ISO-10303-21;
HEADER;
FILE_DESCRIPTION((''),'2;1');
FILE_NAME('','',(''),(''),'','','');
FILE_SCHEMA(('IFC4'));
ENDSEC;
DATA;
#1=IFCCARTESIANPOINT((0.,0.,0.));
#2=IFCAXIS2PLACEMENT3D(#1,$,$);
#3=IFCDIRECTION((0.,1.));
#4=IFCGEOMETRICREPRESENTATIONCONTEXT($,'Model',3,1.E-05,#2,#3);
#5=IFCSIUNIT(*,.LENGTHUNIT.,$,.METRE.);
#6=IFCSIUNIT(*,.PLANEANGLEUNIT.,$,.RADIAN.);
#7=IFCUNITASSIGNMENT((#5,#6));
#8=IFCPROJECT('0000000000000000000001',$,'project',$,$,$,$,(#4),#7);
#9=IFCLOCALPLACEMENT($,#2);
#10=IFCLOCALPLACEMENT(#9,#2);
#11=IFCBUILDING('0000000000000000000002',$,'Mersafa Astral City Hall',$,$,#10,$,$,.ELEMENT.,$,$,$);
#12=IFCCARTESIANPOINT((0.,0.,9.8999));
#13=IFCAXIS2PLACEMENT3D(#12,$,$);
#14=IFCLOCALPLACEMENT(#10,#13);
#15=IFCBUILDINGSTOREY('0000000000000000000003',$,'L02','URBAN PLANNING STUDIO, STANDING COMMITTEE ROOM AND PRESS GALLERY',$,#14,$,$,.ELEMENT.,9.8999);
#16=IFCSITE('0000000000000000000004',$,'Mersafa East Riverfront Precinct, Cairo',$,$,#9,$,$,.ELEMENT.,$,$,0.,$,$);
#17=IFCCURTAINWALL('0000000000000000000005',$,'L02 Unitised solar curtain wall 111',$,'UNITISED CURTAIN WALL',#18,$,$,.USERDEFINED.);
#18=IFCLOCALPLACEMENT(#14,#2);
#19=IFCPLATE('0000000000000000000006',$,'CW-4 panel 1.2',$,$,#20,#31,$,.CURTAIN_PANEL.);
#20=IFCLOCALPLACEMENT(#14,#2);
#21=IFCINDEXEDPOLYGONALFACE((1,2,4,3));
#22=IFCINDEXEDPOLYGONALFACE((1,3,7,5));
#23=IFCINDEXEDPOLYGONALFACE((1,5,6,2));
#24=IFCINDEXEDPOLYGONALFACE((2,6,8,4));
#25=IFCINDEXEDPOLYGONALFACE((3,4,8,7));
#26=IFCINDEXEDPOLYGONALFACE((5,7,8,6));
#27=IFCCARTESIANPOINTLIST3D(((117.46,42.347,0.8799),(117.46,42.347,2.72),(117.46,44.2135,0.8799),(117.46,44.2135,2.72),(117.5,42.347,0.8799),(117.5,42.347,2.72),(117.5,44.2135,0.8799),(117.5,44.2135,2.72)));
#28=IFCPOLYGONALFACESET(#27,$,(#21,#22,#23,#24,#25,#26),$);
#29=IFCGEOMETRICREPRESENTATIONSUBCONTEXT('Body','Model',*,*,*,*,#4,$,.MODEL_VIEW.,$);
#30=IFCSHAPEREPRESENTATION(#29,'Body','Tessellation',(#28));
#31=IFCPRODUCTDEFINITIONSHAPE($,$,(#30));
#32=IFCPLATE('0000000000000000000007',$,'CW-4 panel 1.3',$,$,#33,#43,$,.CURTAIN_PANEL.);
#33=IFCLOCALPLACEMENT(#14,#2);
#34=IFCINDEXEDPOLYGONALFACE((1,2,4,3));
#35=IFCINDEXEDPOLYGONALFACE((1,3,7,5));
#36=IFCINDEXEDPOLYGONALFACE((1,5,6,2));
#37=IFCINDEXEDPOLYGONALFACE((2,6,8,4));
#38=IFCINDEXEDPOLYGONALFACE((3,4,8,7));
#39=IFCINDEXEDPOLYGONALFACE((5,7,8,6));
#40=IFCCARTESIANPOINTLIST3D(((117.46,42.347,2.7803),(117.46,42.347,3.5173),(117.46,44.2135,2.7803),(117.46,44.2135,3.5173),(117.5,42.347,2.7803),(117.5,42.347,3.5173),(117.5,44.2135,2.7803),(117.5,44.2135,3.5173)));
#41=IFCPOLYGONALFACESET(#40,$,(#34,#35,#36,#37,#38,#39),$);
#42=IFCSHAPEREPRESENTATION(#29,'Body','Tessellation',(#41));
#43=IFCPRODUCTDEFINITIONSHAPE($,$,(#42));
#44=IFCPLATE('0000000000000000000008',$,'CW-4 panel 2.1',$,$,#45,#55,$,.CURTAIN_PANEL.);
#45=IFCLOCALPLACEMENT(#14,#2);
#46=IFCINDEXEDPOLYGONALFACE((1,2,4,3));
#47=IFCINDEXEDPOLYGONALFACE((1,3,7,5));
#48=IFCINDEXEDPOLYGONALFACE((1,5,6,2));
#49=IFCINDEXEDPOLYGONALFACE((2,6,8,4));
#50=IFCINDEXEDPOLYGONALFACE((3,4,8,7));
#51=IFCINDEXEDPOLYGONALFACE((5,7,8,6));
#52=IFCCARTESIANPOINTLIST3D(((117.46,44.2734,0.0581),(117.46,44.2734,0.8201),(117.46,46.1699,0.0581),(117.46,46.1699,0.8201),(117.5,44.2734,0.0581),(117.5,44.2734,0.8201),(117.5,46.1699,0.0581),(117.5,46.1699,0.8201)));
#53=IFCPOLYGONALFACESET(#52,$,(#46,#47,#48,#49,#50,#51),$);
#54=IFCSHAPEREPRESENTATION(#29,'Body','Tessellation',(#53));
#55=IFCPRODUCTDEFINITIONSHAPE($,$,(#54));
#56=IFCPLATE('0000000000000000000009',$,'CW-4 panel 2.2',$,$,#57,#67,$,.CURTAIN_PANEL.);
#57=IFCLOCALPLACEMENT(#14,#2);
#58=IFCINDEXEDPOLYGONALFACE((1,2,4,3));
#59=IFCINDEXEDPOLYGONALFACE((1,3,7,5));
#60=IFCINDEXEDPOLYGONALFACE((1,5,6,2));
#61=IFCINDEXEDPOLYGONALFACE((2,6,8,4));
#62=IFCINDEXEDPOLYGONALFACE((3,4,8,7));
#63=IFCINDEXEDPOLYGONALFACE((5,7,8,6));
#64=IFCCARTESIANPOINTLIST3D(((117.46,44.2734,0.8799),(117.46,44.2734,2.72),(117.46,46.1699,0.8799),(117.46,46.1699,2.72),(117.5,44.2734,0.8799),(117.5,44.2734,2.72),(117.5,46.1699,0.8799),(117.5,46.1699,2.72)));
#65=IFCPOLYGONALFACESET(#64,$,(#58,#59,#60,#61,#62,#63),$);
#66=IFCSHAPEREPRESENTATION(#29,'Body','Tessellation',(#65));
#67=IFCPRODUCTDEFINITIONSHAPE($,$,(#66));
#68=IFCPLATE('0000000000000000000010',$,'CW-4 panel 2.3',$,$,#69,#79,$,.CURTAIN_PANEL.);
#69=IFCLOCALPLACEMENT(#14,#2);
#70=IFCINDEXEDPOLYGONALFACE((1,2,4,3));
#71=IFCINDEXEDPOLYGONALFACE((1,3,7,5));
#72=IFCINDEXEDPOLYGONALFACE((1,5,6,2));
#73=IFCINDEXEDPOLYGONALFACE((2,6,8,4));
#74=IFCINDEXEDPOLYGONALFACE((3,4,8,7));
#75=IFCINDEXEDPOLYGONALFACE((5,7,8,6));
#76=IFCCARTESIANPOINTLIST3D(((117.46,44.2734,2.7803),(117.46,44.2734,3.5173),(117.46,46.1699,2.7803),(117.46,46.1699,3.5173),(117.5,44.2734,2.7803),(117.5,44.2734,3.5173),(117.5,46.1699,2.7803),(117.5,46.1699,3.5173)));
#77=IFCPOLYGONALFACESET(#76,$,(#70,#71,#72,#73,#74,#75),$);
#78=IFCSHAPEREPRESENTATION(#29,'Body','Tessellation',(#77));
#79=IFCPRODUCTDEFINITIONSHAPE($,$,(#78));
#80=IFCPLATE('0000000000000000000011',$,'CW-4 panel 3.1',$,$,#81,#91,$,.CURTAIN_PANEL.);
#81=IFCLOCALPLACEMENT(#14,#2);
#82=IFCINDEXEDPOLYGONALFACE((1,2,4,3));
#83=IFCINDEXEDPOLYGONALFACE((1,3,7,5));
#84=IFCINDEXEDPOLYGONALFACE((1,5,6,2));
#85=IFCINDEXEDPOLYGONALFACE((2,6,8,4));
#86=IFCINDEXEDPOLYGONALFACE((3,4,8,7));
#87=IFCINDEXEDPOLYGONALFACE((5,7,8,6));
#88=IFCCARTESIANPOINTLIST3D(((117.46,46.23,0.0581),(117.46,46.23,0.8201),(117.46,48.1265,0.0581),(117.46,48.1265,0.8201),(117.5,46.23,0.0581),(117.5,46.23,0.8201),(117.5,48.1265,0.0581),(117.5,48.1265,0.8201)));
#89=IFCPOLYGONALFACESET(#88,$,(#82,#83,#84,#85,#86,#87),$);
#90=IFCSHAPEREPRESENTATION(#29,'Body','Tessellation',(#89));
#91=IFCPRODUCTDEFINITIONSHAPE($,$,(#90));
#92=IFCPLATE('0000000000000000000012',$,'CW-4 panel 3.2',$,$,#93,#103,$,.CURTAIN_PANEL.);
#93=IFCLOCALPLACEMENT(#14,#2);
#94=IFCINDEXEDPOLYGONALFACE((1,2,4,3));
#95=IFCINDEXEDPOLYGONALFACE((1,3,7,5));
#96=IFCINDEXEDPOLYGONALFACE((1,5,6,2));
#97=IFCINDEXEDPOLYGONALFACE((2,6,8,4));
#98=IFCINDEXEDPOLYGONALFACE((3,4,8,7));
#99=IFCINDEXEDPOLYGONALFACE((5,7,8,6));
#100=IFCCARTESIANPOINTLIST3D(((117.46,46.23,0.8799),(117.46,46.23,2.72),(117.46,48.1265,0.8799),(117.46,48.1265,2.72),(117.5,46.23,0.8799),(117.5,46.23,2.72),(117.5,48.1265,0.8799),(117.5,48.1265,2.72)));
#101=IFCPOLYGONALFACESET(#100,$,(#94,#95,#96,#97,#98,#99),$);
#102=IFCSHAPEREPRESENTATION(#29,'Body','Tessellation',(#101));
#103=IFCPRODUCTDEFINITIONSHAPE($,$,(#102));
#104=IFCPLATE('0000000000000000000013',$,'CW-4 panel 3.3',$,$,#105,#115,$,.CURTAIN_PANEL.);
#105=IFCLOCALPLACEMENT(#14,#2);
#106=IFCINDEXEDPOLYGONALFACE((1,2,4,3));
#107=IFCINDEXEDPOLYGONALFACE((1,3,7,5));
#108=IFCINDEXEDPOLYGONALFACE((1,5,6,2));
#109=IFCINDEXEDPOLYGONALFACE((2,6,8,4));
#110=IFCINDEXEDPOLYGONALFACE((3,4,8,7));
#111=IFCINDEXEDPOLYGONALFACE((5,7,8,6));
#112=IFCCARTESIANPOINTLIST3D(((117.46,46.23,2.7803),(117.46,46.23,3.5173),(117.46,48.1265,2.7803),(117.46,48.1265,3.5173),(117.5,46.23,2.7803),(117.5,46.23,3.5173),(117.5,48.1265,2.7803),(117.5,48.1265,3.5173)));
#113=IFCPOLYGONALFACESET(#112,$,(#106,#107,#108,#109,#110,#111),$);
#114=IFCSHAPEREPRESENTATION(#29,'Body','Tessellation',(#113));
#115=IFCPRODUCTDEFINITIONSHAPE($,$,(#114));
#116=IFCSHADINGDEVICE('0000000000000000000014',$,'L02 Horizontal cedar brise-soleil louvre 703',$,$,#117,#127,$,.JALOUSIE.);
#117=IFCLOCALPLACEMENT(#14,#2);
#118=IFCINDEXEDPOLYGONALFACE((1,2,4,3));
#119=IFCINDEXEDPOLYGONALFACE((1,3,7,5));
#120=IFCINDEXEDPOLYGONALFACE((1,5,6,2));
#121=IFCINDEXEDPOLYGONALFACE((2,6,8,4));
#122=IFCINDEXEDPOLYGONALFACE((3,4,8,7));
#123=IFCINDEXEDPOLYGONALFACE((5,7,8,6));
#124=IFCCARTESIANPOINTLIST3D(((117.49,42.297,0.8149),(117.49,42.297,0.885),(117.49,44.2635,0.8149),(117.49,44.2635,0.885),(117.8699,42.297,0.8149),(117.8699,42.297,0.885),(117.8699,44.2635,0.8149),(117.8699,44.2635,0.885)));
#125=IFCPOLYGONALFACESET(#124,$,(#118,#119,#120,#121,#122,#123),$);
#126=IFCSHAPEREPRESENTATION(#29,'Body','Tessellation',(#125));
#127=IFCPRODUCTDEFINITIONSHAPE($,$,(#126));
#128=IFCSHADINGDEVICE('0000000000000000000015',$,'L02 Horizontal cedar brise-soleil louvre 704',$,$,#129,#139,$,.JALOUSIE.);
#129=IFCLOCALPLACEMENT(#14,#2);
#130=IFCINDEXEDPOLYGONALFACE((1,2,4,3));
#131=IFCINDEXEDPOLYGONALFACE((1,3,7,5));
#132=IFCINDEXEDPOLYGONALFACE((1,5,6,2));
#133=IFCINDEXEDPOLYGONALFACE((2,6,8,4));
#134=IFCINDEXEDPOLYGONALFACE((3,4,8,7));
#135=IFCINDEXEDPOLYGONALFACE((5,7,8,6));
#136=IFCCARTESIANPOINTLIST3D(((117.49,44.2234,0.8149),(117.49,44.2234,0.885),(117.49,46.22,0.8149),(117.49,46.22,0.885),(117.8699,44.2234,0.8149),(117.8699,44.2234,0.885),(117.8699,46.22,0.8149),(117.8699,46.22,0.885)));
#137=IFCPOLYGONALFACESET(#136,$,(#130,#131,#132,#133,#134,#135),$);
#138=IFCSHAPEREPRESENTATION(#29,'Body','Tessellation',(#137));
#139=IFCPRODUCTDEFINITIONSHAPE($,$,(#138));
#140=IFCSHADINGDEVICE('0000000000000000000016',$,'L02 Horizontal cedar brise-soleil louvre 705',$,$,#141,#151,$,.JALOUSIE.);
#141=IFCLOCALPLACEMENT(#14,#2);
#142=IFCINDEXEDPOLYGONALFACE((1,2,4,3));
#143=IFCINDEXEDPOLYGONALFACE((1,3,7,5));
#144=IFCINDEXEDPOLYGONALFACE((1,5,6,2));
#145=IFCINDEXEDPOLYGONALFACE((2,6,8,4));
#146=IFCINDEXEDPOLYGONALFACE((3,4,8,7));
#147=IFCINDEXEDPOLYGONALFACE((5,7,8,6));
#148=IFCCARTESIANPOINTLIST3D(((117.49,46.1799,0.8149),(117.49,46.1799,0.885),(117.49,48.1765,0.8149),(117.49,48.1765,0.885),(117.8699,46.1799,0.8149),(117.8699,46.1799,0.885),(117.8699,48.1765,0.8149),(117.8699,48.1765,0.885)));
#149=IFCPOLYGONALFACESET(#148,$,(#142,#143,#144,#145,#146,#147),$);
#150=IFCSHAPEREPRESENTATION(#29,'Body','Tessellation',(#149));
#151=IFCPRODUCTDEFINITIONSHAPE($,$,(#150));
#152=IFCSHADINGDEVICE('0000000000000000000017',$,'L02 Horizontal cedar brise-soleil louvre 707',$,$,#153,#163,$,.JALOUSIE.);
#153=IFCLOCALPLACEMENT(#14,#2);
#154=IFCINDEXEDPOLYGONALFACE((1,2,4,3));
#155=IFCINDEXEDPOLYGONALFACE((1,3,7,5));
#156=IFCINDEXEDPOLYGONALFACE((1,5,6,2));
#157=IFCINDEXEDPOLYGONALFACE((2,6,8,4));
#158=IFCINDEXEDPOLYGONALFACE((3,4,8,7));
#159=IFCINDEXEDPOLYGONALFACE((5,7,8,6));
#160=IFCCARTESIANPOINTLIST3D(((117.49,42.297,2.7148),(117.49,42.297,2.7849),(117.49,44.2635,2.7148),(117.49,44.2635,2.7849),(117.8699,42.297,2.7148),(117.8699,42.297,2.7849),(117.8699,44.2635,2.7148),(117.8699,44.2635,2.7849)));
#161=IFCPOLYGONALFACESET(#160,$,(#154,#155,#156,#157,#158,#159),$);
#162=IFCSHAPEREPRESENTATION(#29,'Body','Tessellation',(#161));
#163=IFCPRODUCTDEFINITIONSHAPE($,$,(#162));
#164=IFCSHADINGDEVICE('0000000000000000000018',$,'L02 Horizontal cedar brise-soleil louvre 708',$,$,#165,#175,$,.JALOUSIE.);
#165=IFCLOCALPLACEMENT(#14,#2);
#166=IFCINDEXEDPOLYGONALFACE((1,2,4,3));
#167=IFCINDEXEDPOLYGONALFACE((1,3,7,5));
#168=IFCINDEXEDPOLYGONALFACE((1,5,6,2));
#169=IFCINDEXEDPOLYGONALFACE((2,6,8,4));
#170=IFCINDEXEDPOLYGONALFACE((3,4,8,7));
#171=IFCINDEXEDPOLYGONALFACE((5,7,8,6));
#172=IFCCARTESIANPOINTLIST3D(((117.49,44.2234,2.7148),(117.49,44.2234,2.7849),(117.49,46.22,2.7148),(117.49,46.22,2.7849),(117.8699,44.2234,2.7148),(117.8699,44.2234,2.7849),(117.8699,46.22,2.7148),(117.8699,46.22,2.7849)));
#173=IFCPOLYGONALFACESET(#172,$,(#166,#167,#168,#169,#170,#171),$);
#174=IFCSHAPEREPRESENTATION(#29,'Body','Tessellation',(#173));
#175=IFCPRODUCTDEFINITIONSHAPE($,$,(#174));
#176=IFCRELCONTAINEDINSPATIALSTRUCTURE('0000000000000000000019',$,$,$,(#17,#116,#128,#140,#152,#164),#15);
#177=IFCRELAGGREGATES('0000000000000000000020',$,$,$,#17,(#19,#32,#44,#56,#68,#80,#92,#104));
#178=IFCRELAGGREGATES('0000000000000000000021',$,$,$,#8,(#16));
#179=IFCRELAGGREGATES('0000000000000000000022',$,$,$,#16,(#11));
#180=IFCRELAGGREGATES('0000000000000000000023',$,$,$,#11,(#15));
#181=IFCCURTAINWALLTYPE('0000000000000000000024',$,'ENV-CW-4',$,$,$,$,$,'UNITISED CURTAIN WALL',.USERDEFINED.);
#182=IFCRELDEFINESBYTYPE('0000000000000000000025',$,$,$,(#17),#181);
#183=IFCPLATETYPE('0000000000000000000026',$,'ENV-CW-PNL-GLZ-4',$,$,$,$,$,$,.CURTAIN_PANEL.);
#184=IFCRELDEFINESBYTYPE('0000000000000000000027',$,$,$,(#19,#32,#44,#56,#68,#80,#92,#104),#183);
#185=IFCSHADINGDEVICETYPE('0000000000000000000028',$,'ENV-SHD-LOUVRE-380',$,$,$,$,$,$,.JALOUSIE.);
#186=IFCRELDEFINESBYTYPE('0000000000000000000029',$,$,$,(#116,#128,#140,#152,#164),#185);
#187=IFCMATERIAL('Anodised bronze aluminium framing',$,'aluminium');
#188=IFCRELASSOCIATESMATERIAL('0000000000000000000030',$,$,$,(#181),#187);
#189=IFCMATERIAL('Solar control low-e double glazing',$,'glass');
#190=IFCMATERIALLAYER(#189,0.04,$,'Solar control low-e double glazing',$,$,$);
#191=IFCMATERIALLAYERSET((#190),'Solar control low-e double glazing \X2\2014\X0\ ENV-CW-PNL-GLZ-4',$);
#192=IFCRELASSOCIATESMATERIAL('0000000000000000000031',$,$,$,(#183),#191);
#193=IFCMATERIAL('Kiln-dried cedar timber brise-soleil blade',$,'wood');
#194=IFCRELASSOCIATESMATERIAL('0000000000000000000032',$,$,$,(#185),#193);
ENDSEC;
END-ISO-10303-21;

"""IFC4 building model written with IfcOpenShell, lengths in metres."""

from ifc_helpers import new_model, si_unit, direction, frame, origin, origin_2d, place, context, subcontext, project, spatial, rectangle, extrude, material, layer, layer_set, type_object, element, aggregate, save


model = new_model("IFC4")

# Units and contexts
model_context = context("Model", 3, precision=1e-05, world=origin(), true_north=direction((0.0, 1.0)))
body_context = subcontext(model_context, "Body", "Model", "MODEL_VIEW")
ifc_project = project(units=[si_unit("LENGTHUNIT", "METRE"), si_unit("PLANEANGLEUNIT", "RADIAN")], contexts=[model_context])

# Site, building, storey
site_placement = place(None, origin())
site = spatial("IfcSite", under=ifc_project, at=site_placement, Name="Mersafa East Riverfront Precinct, Cairo", CompositionType="ELEMENT", RefElevation=0.0)
building_placement = place(site_placement, origin())
building = spatial("IfcBuilding", under=site, at=building_placement, Name="Mersafa Astral City Hall", CompositionType="ELEMENT")
storey_placement = place(building_placement, frame((0.0, 0.0, 9.8999)))
storey = spatial("IfcBuildingStorey", under=building, at=storey_placement, Name="L02", Description="URBAN PLANNING STUDIO, STANDING COMMITTEE ROOM AND PRESS GALLERY", CompositionType="ELEMENT", Elevation=9.8999)

# Curtain wall, plates
ifc_material_1 = material(Name="Anodised bronze aluminium framing", Category="aluminium")
curtain_wall_type = type_object("IfcCurtainWallType", Name="ENV-CW-4", ElementType="UNITISED CURTAIN WALL", PredefinedType="USERDEFINED", material=ifc_material_1)
curtain_wall_placement = place(storey_placement, origin())
curtain_wall = element("IfcCurtainWall", 1, at=curtain_wall_placement, inside=storey, type_object=curtain_wall_type, Name="L02 Unitised solar curtain wall 111", ObjectType="UNITISED CURTAIN WALL", PredefinedType="USERDEFINED")
ifc_material_2 = material(Name="Solar control low-e double glazing", Category="glass")
ifc_layer = layer(ifc_material_2, 0.04, Name="Solar control low-e double glazing")
ifc_layer_set = layer_set([ifc_layer], Name="Solar control low-e double glazing — ENV-CW-PNL-GLZ-4")
plate_type = type_object("IfcPlateType", Name="ENV-CW-PNL-GLZ-4", PredefinedType="CURTAIN_PANEL", material=ifc_layer_set)
plate_1_placement = place(storey_placement, frame((117.48, 43.2803, 0.8799), z_axis=(0.0, 0.0, 1.0), x_axis=(0.0, 1.0, 0.0)))
plate_1 = element("IfcPlate", 2, at=plate_1_placement, type_object=plate_type, Name="CW-4 panel 1.2", PredefinedType="CURTAIN_PANEL", context=body_context, shape_type="SweptSolid", body=[
    extrude(rectangle(XDim=1.8665, YDim=0.04, at=origin_2d()), origin(), (0.0, 0.0, 1.0), 1.8401),
])
plate_2_placement = place(storey_placement, frame((117.48, 43.2803, 2.7803), z_axis=(0.0, 0.0, 1.0), x_axis=(0.0, 1.0, 0.0)))
plate_2 = element("IfcPlate", 3, at=plate_2_placement, type_object=plate_type, Name="CW-4 panel 1.3", PredefinedType="CURTAIN_PANEL", context=body_context, shape_type="SweptSolid", body=[
    extrude(rectangle(XDim=1.8665, YDim=0.04, at=origin_2d()), origin(), (0.0, 0.0, 1.0), 0.7371),
])
plate_3_placement = place(storey_placement, frame((117.48, 45.2217, 0.0581), z_axis=(0.0, 0.0, 1.0), x_axis=(0.0, 1.0, 0.0)))
plate_3 = element("IfcPlate", 4, at=plate_3_placement, type_object=plate_type, Name="CW-4 panel 2.1", PredefinedType="CURTAIN_PANEL", context=body_context, shape_type="SweptSolid", body=[
    extrude(rectangle(XDim=1.8965, YDim=0.04, at=origin_2d()), origin(), (0.0, 0.0, 1.0), 0.762),
])
plate_4_placement = place(storey_placement, frame((117.48, 45.2217, 0.8799), z_axis=(0.0, 0.0, 1.0), x_axis=(0.0, 1.0, 0.0)))
plate_4 = element("IfcPlate", 5, at=plate_4_placement, type_object=plate_type, Name="CW-4 panel 2.2", PredefinedType="CURTAIN_PANEL", context=body_context, shape_type="SweptSolid", body=[
    extrude(rectangle(XDim=1.8965, YDim=0.04, at=origin_2d()), origin(), (0.0, 0.0, 1.0), 1.8401),
])
plate_5_placement = place(storey_placement, frame((117.48, 45.2217, 2.7803), z_axis=(0.0, 0.0, 1.0), x_axis=(0.0, 1.0, 0.0)))
plate_5 = element("IfcPlate", 6, at=plate_5_placement, type_object=plate_type, Name="CW-4 panel 2.3", PredefinedType="CURTAIN_PANEL", context=body_context, shape_type="SweptSolid", body=[
    extrude(rectangle(XDim=1.8965, YDim=0.04, at=origin_2d()), origin(), (0.0, 0.0, 1.0), 0.7371),
])
plate_6_placement = place(storey_placement, frame((117.48, 47.1782, 0.0581), z_axis=(0.0, 0.0, 1.0), x_axis=(0.0, 1.0, 0.0)))
plate_6 = element("IfcPlate", 7, at=plate_6_placement, type_object=plate_type, Name="CW-4 panel 3.1", PredefinedType="CURTAIN_PANEL", context=body_context, shape_type="SweptSolid", body=[
    extrude(rectangle(XDim=1.8965, YDim=0.04, at=origin_2d()), origin(), (0.0, 0.0, 1.0), 0.762),
])
plate_7_placement = place(storey_placement, frame((117.48, 47.1782, 0.8799), z_axis=(0.0, 0.0, 1.0), x_axis=(0.0, 1.0, 0.0)))
plate_7 = element("IfcPlate", 8, at=plate_7_placement, type_object=plate_type, Name="CW-4 panel 3.2", PredefinedType="CURTAIN_PANEL", context=body_context, shape_type="SweptSolid", body=[
    extrude(rectangle(XDim=1.8965, YDim=0.04, at=origin_2d()), origin(), (0.0, 0.0, 1.0), 1.8401),
])
plate_8_placement = place(storey_placement, frame((117.48, 47.1782, 2.7803), z_axis=(0.0, 0.0, 1.0), x_axis=(0.0, 1.0, 0.0)))
plate_8 = element("IfcPlate", 9, at=plate_8_placement, type_object=plate_type, Name="CW-4 panel 3.3", PredefinedType="CURTAIN_PANEL", context=body_context, shape_type="SweptSolid", body=[
    extrude(rectangle(XDim=1.8965, YDim=0.04, at=origin_2d()), origin(), (0.0, 0.0, 1.0), 0.7371),
])
aggregate(curtain_wall, [plate_1, plate_2, plate_3, plate_4, plate_5, plate_6, plate_7, plate_8])

# Shading devices
ifc_material_3 = material(Name="Kiln-dried cedar timber brise-soleil blade", Category="wood")
shading_device_type = type_object("IfcShadingDeviceType", Name="ENV-SHD-LOUVRE-380", PredefinedType="JALOUSIE", material=ifc_material_3)
shading_device_1_placement = place(storey_placement, frame((117.6799, 43.2803, 0.8149), z_axis=(0.0, 0.0, 1.0), x_axis=(0.0, 1.0, 0.0)))
element("IfcShadingDevice", 10, at=shading_device_1_placement, inside=storey, type_object=shading_device_type, Name="L02 Horizontal cedar brise-soleil louvre 703", PredefinedType="JALOUSIE", context=body_context, shape_type="SweptSolid", body=[
    extrude(rectangle(XDim=1.9666, YDim=0.3799, at=origin_2d()), origin(), (0.0, 0.0, 1.0), 0.0701),
])
for number, where, z_axis, x_axis, name in (
    (11, (117.6799, 45.2217, 0.8149), (0.0, 0.0, 1.0), (0.0, 1.0, 0.0), "L02 Horizontal cedar brise-soleil louvre 704"),
    (12, (117.6799, 47.1782, 0.8149), (0.0, 0.0, 1.0), (0.0, 1.0, 0.0), "L02 Horizontal cedar brise-soleil louvre 705"),
):
    element("IfcShadingDevice", number, at=place(storey_placement, frame(where, z_axis=z_axis, x_axis=x_axis)), inside=storey, type_object=shading_device_type, Name=name, PredefinedType="JALOUSIE", context=body_context, shape_type="SweptSolid", body=[
        extrude(rectangle(XDim=1.9966, YDim=0.3799, at=origin_2d()), origin(), (0.0, 0.0, 1.0), 0.0701),
    ])
shading_device_2_placement = place(storey_placement, frame((117.6799, 43.2803, 2.7148), z_axis=(0.0, 0.0, 1.0), x_axis=(0.0, 1.0, 0.0)))
element("IfcShadingDevice", 13, at=shading_device_2_placement, inside=storey, type_object=shading_device_type, Name="L02 Horizontal cedar brise-soleil louvre 707", PredefinedType="JALOUSIE", context=body_context, shape_type="SweptSolid", body=[
    extrude(rectangle(XDim=1.9666, YDim=0.3799, at=origin_2d()), origin(), (0.0, 0.0, 1.0), 0.0701),
])
shading_device_3_placement = place(storey_placement, frame((117.6799, 45.2217, 2.7148), z_axis=(0.0, 0.0, 1.0), x_axis=(0.0, 1.0, 0.0)))
element("IfcShadingDevice", 14, at=shading_device_3_placement, inside=storey, type_object=shading_device_type, Name="L02 Horizontal cedar brise-soleil louvre 708", PredefinedType="JALOUSIE", context=body_context, shape_type="SweptSolid", body=[
    extrude(rectangle(XDim=1.9966, YDim=0.3799, at=origin_2d()), origin(), (0.0, 0.0, 1.0), 0.0701),
])

save(model, "model.ifc")
